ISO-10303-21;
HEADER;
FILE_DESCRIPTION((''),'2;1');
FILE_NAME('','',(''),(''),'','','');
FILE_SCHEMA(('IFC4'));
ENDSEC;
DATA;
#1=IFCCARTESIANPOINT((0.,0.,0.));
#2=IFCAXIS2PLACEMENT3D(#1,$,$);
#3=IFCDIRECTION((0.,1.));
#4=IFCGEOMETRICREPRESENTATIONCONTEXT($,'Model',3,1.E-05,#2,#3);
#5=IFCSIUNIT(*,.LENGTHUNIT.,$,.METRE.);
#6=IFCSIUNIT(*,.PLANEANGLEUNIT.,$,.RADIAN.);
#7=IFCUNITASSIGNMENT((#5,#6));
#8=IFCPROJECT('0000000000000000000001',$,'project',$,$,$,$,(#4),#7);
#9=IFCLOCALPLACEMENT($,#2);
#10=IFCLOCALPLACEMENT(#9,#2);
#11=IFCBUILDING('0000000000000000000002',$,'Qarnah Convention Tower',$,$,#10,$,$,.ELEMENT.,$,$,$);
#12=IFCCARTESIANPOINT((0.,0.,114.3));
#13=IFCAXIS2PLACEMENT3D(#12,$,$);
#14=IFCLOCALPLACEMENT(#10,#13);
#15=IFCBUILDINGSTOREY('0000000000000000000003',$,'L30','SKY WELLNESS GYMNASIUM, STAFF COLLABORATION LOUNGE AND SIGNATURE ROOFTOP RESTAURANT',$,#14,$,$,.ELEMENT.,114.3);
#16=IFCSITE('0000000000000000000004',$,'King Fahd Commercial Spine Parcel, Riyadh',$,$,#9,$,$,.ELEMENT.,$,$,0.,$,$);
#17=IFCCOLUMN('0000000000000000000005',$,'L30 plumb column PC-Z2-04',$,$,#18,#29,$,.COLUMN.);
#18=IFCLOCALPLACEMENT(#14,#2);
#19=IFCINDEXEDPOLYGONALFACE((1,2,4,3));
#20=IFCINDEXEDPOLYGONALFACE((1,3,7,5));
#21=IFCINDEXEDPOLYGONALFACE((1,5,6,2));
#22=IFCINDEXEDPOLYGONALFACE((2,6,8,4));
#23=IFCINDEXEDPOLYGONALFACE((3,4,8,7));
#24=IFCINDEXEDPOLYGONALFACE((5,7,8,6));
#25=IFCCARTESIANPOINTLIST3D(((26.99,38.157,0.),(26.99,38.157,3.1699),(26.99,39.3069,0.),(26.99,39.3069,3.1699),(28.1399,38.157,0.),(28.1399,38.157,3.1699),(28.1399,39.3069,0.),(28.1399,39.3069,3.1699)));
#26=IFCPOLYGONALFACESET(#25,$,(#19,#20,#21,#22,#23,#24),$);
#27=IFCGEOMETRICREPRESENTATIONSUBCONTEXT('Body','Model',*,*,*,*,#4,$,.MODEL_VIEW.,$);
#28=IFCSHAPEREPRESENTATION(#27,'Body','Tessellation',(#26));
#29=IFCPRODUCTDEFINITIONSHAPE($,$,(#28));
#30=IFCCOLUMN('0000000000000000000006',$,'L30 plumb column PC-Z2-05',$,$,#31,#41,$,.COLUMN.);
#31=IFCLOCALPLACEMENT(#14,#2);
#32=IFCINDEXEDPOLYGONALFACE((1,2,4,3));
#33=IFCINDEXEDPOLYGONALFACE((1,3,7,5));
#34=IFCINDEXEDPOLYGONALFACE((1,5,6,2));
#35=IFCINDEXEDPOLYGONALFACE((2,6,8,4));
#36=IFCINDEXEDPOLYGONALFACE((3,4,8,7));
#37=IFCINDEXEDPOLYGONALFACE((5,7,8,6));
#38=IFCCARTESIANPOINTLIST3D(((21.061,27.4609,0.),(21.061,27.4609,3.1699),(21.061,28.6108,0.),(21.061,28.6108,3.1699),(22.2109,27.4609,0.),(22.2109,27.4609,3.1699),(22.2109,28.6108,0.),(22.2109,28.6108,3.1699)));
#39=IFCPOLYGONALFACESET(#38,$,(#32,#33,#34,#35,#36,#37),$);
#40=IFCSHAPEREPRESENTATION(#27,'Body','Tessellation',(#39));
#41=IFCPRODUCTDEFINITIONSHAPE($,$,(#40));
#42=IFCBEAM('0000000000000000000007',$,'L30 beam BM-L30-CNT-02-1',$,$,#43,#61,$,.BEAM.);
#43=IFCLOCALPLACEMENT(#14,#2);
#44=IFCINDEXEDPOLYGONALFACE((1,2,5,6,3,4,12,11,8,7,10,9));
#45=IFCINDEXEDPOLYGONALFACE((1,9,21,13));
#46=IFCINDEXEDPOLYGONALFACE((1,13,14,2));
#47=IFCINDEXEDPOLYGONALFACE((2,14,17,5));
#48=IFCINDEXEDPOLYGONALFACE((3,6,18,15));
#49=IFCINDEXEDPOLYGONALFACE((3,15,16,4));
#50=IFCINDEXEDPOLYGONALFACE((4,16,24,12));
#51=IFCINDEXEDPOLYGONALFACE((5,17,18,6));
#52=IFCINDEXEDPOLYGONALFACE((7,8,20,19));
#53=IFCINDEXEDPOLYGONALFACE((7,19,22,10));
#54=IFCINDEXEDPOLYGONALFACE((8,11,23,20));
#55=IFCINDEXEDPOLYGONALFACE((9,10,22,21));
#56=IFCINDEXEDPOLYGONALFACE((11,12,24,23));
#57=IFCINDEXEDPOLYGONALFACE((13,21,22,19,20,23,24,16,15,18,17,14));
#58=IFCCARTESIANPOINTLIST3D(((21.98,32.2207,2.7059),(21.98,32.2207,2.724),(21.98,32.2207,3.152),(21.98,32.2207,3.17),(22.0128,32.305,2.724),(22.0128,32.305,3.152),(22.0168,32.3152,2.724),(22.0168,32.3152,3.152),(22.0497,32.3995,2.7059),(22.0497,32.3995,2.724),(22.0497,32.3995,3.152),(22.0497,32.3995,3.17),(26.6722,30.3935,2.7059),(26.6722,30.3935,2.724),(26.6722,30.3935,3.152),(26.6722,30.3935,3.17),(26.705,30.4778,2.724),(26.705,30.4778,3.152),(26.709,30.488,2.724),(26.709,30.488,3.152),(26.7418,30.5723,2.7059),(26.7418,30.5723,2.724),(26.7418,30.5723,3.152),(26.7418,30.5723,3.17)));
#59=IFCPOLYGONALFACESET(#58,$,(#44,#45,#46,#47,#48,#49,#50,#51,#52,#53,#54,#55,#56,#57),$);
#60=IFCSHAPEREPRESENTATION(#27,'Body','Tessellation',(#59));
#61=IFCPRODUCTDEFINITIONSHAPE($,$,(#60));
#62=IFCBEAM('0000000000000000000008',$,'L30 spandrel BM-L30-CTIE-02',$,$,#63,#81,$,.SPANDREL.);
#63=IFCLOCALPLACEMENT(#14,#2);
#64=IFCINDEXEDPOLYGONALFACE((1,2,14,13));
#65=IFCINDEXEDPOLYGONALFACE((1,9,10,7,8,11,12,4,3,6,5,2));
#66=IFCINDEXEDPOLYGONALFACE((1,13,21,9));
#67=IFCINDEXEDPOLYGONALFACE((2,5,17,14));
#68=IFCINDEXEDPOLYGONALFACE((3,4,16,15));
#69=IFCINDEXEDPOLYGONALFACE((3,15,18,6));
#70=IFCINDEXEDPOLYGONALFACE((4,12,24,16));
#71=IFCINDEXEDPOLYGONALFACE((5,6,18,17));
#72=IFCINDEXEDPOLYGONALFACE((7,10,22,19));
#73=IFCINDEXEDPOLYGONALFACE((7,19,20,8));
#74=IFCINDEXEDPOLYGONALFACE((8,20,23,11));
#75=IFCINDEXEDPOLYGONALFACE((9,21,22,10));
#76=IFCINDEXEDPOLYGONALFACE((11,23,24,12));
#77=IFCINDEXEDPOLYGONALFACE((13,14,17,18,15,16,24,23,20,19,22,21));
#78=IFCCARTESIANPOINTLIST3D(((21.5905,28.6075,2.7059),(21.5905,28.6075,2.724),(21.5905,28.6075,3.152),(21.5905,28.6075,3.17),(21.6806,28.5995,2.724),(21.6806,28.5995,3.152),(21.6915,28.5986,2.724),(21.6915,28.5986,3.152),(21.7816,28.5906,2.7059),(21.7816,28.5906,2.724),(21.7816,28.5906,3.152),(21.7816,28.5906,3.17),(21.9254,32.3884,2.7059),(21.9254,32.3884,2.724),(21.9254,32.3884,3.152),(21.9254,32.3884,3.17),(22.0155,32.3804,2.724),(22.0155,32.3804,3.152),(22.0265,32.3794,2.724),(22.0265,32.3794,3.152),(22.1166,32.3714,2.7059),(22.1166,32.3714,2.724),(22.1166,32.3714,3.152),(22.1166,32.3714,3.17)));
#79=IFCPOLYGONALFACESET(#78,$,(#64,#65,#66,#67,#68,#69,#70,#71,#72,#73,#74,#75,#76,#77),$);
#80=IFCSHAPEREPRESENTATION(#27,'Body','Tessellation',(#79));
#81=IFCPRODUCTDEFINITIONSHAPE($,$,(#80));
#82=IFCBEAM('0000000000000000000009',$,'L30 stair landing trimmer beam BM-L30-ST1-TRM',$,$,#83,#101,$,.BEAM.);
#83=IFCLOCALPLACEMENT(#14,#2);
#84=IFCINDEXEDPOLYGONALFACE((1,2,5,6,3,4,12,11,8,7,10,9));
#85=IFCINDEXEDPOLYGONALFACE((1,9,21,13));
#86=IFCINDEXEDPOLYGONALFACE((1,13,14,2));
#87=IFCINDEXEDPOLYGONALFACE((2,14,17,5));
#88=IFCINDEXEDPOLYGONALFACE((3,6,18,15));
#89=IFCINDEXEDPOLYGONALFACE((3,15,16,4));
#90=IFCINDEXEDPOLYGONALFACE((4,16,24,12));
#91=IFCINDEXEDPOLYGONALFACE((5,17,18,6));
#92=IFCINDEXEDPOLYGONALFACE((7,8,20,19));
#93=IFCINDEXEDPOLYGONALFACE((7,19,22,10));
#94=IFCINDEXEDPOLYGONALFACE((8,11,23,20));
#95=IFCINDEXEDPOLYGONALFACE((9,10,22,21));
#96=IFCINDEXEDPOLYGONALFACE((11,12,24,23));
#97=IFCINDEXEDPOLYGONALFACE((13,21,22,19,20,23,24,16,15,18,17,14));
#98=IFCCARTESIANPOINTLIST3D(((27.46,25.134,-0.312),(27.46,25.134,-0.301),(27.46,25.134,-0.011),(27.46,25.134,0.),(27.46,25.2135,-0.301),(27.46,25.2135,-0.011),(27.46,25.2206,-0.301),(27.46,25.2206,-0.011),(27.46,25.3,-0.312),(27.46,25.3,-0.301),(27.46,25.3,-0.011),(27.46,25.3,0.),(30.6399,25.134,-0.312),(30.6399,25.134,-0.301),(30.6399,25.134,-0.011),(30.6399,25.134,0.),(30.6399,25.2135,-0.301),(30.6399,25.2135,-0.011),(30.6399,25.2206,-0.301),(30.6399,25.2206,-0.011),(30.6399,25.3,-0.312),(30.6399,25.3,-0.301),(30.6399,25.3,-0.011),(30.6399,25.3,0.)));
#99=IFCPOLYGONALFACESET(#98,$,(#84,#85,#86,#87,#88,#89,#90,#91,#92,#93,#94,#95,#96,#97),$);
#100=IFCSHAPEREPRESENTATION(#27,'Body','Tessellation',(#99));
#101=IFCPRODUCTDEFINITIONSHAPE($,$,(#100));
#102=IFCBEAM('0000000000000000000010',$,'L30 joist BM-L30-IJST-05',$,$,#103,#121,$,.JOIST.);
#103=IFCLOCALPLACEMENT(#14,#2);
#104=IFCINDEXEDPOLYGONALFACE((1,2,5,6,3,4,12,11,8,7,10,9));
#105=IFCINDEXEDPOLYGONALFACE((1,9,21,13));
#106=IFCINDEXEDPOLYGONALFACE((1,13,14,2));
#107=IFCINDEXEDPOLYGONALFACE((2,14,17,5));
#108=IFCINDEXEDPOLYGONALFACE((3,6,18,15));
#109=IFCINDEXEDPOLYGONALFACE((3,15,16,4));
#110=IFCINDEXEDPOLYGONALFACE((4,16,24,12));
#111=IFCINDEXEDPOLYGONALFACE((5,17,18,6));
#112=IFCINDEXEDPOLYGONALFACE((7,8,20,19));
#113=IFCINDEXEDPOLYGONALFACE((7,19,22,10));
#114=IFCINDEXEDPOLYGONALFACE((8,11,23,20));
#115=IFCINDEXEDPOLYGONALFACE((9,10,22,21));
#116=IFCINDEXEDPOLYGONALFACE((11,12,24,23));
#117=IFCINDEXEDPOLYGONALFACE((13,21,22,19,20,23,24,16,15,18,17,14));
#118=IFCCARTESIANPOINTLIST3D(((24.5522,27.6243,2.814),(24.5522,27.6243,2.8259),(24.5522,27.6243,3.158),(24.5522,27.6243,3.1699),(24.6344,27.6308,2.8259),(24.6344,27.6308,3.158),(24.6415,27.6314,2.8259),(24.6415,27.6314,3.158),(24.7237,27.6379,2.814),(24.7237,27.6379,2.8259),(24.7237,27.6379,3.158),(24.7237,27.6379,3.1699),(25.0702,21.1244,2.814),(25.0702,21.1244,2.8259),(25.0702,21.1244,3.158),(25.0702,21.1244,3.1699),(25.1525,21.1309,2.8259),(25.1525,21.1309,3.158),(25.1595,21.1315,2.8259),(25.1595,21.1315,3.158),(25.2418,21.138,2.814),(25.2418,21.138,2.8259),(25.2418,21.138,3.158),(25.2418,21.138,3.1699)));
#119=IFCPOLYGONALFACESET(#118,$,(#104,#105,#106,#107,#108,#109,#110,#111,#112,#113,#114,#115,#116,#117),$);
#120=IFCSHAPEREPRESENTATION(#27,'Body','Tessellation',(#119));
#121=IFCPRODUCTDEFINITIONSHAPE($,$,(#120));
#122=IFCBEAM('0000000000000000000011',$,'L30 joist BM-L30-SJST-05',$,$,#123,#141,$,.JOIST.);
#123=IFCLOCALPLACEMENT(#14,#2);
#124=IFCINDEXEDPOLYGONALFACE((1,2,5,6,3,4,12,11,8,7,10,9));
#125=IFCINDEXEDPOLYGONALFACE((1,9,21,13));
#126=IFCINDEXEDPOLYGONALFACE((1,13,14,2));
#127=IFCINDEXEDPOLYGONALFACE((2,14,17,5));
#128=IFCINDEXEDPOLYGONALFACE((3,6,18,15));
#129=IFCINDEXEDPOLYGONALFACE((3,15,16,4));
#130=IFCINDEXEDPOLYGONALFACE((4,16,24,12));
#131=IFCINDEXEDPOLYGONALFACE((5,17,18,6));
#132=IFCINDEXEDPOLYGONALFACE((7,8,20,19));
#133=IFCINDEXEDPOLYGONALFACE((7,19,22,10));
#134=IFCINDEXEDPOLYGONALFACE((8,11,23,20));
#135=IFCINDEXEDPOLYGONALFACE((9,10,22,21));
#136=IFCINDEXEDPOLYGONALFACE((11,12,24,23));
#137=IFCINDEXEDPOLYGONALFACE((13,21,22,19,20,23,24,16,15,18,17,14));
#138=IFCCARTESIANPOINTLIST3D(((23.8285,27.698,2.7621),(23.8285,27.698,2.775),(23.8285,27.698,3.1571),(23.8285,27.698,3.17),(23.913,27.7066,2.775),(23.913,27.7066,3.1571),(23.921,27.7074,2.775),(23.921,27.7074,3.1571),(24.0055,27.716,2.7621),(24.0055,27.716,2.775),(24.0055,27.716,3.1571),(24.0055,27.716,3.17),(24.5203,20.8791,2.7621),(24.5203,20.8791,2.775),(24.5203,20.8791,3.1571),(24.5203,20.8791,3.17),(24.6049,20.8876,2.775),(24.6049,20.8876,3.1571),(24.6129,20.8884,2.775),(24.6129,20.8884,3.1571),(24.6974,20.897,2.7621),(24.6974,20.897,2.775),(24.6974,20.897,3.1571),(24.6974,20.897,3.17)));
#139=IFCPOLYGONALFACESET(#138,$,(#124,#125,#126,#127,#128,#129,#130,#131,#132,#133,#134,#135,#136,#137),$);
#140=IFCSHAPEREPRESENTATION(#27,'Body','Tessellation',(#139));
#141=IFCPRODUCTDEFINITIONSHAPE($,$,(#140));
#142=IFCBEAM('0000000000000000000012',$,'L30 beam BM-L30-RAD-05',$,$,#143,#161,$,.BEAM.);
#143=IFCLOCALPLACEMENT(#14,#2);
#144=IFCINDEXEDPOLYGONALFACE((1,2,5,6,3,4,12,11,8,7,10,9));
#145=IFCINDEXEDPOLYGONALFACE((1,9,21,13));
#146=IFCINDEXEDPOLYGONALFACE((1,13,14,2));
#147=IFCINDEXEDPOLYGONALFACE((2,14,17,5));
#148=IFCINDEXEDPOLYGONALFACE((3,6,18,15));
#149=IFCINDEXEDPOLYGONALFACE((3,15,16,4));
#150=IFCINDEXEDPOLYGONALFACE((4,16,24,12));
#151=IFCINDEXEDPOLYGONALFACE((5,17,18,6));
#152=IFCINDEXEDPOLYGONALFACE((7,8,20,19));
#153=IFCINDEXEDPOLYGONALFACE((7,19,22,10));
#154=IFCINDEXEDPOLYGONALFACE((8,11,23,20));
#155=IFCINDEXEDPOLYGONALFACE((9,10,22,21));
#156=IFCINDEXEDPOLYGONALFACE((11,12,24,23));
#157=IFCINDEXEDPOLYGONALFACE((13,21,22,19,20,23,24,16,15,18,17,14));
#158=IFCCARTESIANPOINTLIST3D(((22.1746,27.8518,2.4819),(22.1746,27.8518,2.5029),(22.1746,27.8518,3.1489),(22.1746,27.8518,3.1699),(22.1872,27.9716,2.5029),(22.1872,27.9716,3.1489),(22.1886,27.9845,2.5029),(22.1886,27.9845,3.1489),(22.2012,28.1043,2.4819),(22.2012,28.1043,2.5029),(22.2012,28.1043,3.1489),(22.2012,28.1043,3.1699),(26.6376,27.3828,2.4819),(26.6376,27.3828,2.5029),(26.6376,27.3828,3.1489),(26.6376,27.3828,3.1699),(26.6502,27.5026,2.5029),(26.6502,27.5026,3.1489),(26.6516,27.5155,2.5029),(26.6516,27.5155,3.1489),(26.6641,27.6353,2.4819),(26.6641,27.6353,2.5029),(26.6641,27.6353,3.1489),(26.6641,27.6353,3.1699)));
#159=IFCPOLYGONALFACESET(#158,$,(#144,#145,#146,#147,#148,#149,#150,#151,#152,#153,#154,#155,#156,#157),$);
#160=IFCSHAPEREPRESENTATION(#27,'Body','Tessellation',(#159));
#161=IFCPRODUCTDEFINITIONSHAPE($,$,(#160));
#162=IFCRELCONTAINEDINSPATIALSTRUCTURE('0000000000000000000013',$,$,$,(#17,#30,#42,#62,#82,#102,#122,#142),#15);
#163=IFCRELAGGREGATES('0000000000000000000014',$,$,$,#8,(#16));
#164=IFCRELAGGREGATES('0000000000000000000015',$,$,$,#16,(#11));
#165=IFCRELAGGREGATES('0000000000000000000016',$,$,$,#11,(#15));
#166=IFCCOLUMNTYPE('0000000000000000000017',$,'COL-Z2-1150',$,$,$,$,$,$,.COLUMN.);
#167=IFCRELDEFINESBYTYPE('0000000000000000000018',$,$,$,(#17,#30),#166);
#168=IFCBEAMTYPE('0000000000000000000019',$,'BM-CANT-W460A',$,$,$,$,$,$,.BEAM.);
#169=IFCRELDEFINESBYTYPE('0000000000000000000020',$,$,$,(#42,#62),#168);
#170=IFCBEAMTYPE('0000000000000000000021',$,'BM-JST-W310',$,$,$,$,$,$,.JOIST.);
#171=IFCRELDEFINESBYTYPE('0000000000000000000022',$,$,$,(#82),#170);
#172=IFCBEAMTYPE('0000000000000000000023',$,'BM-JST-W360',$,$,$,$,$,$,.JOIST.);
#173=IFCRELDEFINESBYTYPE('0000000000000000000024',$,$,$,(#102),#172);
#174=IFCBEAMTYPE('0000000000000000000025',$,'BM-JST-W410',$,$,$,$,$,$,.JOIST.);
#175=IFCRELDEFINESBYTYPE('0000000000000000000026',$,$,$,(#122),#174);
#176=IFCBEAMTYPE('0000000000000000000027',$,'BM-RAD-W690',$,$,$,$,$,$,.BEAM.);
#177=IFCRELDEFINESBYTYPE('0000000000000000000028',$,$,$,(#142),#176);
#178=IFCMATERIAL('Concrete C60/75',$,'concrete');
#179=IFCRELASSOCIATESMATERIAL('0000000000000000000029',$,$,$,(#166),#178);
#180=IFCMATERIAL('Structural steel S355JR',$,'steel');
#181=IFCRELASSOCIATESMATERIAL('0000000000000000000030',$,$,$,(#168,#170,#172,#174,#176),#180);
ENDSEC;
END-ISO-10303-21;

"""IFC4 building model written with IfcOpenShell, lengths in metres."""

from ifc_helpers import new_model, si_unit, direction, frame, origin, origin_2d, place, context, subcontext, project, spatial, rectangle, i_section, extrude, material, material_profile, profile_set, type_object, element, save


model = new_model("IFC4")

# Units and contexts
model_context = context("Model", 3, precision=1e-05, world=origin(), true_north=direction((0.0, 1.0)))
body_context = subcontext(model_context, "Body", "Model", "MODEL_VIEW")
ifc_project = project(units=[si_unit("LENGTHUNIT", "METRE"), si_unit("PLANEANGLEUNIT", "RADIAN")], contexts=[model_context])

# Site, building, storey
site_placement = place(None, origin())
site = spatial("IfcSite", under=ifc_project, at=site_placement, Name="King Fahd Commercial Spine Parcel, Riyadh", CompositionType="ELEMENT", RefElevation=0.0)
building_placement = place(site_placement, origin())
building = spatial("IfcBuilding", under=site, at=building_placement, Name="Qarnah Convention Tower", CompositionType="ELEMENT")
storey_placement = place(building_placement, frame((0.0, 0.0, 114.3)))
storey = spatial("IfcBuildingStorey", under=building, at=storey_placement, Name="L30", Description="SKY WELLNESS GYMNASIUM, STAFF COLLABORATION LOUNGE AND SIGNATURE ROOFTOP RESTAURANT", CompositionType="ELEMENT", Elevation=114.3)

# Columns
ifc_material_1 = material(Name="Concrete C60/75", Category="concrete")
ifc_material_profile_1 = material_profile(ifc_material_1, rectangle(XDim=1.1499, YDim=1.1499, at=origin_2d()), Name="RC-COL-1150X1150")
ifc_profile_set_1 = profile_set([ifc_material_profile_1], Name="Concrete C60/75")
column_type = type_object("IfcColumnType", Name="COL-Z2-1150", PredefinedType="COLUMN", material=ifc_profile_set_1)
for number, where, z_axis, x_axis, name in (
    (1, (27.5649, 38.7319, 0.0), (0.0, 0.0, 1.0), (1.0, 0.0, 0.0), "L30 plumb column PC-Z2-04"),
    (2, (21.636, 28.0359, 0.0), (0.0, 0.0, 1.0), (1.0, 0.0, 0.0), "L30 plumb column PC-Z2-05"),
):
    element("IfcColumn", number, at=place(storey_placement, frame(where, z_axis=z_axis, x_axis=x_axis)), inside=storey, type_object=column_type, Name=name, PredefinedType="COLUMN", context=body_context, shape_type="SweptSolid", body=[
        extrude(rectangle(XDim=1.1499, YDim=1.1499, at=origin_2d()), origin(), (0.0, 0.0, 1.0), 3.1699),
    ])

# Beams
ifc_material_2 = material(Name="Structural steel S355JR", Category="steel")
ifc_material_profile_2 = material_profile(ifc_material_2, i_section(OverallWidth=0.1919, OverallDepth=0.4641, WebThickness=0.011, FlangeThickness=0.0181, at=origin_2d()), Name="W460X89")
ifc_profile_set_2 = profile_set([ifc_material_profile_2], Name="Structural steel S355JR")
beam_type_1 = type_object("IfcBeamType", Name="BM-CANT-W460A", PredefinedType="BEAM", material=ifc_profile_set_2)
beam_1_placement = place(storey_placement, frame((26.707, 30.4829, 2.938), z_axis=(-0.931842, 0.362865, 0.0), x_axis=(-0.362865, -0.931842, 0.0)))
element("IfcBeam", 3, at=beam_1_placement, inside=storey, type_object=beam_type_1, Name="L30 beam BM-L30-CNT-02-1", PredefinedType="BEAM", context=body_context, shape_type="SweptSolid", body=[
    extrude(i_section(OverallWidth=0.1919, OverallDepth=0.4641, WebThickness=0.011, FlangeThickness=0.0181, at=origin_2d()), origin(), (0.0, 0.0, 1.0), 5.0354),
])
beam_2_placement = place(storey_placement, frame((22.021, 32.3799, 2.938), z_axis=(-0.08825, -0.996098, 0.0), x_axis=(0.996098, -0.08825, 0.0)))
element("IfcBeam", 4, at=beam_2_placement, inside=storey, type_object=beam_type_1, Name="L30 spandrel BM-L30-CTIE-02", PredefinedType="SPANDREL", context=body_context, shape_type="SweptSolid", body=[
    extrude(i_section(OverallWidth=0.1919, OverallDepth=0.4641, WebThickness=0.011, FlangeThickness=0.0181, at=origin_2d()), origin(), (0.0, 0.0, 1.0), 3.7957),
])
ifc_material_profile_3 = material_profile(ifc_material_2, i_section(OverallWidth=0.166, OverallDepth=0.312, WebThickness=0.0071, FlangeThickness=0.011, at=origin_2d()), Name="W310X45")
ifc_profile_set_3 = profile_set([ifc_material_profile_3], Name="Structural steel S355JR")
beam_type_2 = type_object("IfcBeamType", Name="BM-JST-W310", PredefinedType="JOIST", material=ifc_profile_set_3)
beam_3_placement = place(storey_placement, frame((27.46, 25.217, -0.156), z_axis=(1.0, 0.0, 0.0), x_axis=(0.0, 1.0, 0.0)))
element("IfcBeam", 5, at=beam_3_placement, inside=storey, type_object=beam_type_2, Name="L30 stair landing trimmer beam BM-L30-ST1-TRM", PredefinedType="BEAM", context=body_context, shape_type="SweptSolid", body=[
    extrude(i_section(OverallWidth=0.166, OverallDepth=0.312, WebThickness=0.0071, FlangeThickness=0.011, at=origin_2d()), origin(), (0.0, 0.0, 1.0), 3.1799),
])
ifc_material_profile_4 = material_profile(ifc_material_2, i_section(OverallWidth=0.1721, OverallDepth=0.356, WebThickness=0.0071, FlangeThickness=0.012, at=origin_2d()), Name="W360X51")
ifc_profile_set_4 = profile_set([ifc_material_profile_4], Name="Structural steel S355JR")
beam_type_3 = type_object("IfcBeamType", Name="BM-JST-W360", PredefinedType="JOIST", material=ifc_profile_set_4)
beam_4_placement = place(storey_placement, frame((24.6379, 27.6311, 2.9919), z_axis=(0.079451, -0.996839, 0.0), x_axis=(0.996839, 0.079451, 0.0)))
element("IfcBeam", 6, at=beam_4_placement, inside=storey, type_object=beam_type_3, Name="L30 joist BM-L30-IJST-05", PredefinedType="JOIST", context=body_context, shape_type="SweptSolid", body=[
    extrude(i_section(OverallWidth=0.1721, OverallDepth=0.356, WebThickness=0.0071, FlangeThickness=0.012, at=origin_2d()), origin(), (0.0, 0.0, 1.0), 6.5205),
])
ifc_material_profile_5 = material_profile(ifc_material_2, i_section(OverallWidth=0.178, OverallDepth=0.408, WebThickness=0.0081, FlangeThickness=0.0129, at=origin_2d()), Name="W410X60")
ifc_profile_set_5 = profile_set([ifc_material_profile_5], Name="Structural steel S355JR")
beam_type_4 = type_object("IfcBeamType", Name="BM-JST-W410", PredefinedType="JOIST", material=ifc_profile_set_5)
beam_5_placement = place(storey_placement, frame((23.917, 27.707, 2.9661), z_axis=(0.100946, -0.994892, 0.0), x_axis=(0.994892, 0.100946, 0.0)))
element("IfcBeam", 7, at=beam_5_placement, inside=storey, type_object=beam_type_4, Name="L30 joist BM-L30-SJST-05", PredefinedType="JOIST", context=body_context, shape_type="SweptSolid", body=[
    extrude(i_section(OverallWidth=0.178, OverallDepth=0.408, WebThickness=0.0081, FlangeThickness=0.0129, at=origin_2d()), origin(), (0.0, 0.0, 1.0), 6.854),
])
ifc_material_profile_6 = material_profile(ifc_material_2, i_section(OverallWidth=0.2539, OverallDepth=0.688, WebThickness=0.0129, FlangeThickness=0.021, at=origin_2d()), Name="W690X152")
ifc_profile_set_6 = profile_set([ifc_material_profile_6], Name="Structural steel S355JR")
beam_type_5 = type_object("IfcBeamType", Name="BM-RAD-W690", PredefinedType="BEAM", material=ifc_profile_set_6)
beam_6_placement = place(storey_placement, frame((26.6509, 27.509, 2.8259), z_axis=(-0.994524, 0.104512, 0.0), x_axis=(-0.104512, -0.994524, 0.0)))
element("IfcBeam", 8, at=beam_6_placement, inside=storey, type_object=beam_type_5, Name="L30 beam BM-L30-RAD-05", PredefinedType="BEAM", context=body_context, shape_type="SweptSolid", body=[
    extrude(i_section(OverallWidth=0.2539, OverallDepth=0.688, WebThickness=0.0129, FlangeThickness=0.021, at=origin_2d()), origin(), (0.0, 0.0, 1.0), 4.4875),
])

save(model, "model.ifc")
